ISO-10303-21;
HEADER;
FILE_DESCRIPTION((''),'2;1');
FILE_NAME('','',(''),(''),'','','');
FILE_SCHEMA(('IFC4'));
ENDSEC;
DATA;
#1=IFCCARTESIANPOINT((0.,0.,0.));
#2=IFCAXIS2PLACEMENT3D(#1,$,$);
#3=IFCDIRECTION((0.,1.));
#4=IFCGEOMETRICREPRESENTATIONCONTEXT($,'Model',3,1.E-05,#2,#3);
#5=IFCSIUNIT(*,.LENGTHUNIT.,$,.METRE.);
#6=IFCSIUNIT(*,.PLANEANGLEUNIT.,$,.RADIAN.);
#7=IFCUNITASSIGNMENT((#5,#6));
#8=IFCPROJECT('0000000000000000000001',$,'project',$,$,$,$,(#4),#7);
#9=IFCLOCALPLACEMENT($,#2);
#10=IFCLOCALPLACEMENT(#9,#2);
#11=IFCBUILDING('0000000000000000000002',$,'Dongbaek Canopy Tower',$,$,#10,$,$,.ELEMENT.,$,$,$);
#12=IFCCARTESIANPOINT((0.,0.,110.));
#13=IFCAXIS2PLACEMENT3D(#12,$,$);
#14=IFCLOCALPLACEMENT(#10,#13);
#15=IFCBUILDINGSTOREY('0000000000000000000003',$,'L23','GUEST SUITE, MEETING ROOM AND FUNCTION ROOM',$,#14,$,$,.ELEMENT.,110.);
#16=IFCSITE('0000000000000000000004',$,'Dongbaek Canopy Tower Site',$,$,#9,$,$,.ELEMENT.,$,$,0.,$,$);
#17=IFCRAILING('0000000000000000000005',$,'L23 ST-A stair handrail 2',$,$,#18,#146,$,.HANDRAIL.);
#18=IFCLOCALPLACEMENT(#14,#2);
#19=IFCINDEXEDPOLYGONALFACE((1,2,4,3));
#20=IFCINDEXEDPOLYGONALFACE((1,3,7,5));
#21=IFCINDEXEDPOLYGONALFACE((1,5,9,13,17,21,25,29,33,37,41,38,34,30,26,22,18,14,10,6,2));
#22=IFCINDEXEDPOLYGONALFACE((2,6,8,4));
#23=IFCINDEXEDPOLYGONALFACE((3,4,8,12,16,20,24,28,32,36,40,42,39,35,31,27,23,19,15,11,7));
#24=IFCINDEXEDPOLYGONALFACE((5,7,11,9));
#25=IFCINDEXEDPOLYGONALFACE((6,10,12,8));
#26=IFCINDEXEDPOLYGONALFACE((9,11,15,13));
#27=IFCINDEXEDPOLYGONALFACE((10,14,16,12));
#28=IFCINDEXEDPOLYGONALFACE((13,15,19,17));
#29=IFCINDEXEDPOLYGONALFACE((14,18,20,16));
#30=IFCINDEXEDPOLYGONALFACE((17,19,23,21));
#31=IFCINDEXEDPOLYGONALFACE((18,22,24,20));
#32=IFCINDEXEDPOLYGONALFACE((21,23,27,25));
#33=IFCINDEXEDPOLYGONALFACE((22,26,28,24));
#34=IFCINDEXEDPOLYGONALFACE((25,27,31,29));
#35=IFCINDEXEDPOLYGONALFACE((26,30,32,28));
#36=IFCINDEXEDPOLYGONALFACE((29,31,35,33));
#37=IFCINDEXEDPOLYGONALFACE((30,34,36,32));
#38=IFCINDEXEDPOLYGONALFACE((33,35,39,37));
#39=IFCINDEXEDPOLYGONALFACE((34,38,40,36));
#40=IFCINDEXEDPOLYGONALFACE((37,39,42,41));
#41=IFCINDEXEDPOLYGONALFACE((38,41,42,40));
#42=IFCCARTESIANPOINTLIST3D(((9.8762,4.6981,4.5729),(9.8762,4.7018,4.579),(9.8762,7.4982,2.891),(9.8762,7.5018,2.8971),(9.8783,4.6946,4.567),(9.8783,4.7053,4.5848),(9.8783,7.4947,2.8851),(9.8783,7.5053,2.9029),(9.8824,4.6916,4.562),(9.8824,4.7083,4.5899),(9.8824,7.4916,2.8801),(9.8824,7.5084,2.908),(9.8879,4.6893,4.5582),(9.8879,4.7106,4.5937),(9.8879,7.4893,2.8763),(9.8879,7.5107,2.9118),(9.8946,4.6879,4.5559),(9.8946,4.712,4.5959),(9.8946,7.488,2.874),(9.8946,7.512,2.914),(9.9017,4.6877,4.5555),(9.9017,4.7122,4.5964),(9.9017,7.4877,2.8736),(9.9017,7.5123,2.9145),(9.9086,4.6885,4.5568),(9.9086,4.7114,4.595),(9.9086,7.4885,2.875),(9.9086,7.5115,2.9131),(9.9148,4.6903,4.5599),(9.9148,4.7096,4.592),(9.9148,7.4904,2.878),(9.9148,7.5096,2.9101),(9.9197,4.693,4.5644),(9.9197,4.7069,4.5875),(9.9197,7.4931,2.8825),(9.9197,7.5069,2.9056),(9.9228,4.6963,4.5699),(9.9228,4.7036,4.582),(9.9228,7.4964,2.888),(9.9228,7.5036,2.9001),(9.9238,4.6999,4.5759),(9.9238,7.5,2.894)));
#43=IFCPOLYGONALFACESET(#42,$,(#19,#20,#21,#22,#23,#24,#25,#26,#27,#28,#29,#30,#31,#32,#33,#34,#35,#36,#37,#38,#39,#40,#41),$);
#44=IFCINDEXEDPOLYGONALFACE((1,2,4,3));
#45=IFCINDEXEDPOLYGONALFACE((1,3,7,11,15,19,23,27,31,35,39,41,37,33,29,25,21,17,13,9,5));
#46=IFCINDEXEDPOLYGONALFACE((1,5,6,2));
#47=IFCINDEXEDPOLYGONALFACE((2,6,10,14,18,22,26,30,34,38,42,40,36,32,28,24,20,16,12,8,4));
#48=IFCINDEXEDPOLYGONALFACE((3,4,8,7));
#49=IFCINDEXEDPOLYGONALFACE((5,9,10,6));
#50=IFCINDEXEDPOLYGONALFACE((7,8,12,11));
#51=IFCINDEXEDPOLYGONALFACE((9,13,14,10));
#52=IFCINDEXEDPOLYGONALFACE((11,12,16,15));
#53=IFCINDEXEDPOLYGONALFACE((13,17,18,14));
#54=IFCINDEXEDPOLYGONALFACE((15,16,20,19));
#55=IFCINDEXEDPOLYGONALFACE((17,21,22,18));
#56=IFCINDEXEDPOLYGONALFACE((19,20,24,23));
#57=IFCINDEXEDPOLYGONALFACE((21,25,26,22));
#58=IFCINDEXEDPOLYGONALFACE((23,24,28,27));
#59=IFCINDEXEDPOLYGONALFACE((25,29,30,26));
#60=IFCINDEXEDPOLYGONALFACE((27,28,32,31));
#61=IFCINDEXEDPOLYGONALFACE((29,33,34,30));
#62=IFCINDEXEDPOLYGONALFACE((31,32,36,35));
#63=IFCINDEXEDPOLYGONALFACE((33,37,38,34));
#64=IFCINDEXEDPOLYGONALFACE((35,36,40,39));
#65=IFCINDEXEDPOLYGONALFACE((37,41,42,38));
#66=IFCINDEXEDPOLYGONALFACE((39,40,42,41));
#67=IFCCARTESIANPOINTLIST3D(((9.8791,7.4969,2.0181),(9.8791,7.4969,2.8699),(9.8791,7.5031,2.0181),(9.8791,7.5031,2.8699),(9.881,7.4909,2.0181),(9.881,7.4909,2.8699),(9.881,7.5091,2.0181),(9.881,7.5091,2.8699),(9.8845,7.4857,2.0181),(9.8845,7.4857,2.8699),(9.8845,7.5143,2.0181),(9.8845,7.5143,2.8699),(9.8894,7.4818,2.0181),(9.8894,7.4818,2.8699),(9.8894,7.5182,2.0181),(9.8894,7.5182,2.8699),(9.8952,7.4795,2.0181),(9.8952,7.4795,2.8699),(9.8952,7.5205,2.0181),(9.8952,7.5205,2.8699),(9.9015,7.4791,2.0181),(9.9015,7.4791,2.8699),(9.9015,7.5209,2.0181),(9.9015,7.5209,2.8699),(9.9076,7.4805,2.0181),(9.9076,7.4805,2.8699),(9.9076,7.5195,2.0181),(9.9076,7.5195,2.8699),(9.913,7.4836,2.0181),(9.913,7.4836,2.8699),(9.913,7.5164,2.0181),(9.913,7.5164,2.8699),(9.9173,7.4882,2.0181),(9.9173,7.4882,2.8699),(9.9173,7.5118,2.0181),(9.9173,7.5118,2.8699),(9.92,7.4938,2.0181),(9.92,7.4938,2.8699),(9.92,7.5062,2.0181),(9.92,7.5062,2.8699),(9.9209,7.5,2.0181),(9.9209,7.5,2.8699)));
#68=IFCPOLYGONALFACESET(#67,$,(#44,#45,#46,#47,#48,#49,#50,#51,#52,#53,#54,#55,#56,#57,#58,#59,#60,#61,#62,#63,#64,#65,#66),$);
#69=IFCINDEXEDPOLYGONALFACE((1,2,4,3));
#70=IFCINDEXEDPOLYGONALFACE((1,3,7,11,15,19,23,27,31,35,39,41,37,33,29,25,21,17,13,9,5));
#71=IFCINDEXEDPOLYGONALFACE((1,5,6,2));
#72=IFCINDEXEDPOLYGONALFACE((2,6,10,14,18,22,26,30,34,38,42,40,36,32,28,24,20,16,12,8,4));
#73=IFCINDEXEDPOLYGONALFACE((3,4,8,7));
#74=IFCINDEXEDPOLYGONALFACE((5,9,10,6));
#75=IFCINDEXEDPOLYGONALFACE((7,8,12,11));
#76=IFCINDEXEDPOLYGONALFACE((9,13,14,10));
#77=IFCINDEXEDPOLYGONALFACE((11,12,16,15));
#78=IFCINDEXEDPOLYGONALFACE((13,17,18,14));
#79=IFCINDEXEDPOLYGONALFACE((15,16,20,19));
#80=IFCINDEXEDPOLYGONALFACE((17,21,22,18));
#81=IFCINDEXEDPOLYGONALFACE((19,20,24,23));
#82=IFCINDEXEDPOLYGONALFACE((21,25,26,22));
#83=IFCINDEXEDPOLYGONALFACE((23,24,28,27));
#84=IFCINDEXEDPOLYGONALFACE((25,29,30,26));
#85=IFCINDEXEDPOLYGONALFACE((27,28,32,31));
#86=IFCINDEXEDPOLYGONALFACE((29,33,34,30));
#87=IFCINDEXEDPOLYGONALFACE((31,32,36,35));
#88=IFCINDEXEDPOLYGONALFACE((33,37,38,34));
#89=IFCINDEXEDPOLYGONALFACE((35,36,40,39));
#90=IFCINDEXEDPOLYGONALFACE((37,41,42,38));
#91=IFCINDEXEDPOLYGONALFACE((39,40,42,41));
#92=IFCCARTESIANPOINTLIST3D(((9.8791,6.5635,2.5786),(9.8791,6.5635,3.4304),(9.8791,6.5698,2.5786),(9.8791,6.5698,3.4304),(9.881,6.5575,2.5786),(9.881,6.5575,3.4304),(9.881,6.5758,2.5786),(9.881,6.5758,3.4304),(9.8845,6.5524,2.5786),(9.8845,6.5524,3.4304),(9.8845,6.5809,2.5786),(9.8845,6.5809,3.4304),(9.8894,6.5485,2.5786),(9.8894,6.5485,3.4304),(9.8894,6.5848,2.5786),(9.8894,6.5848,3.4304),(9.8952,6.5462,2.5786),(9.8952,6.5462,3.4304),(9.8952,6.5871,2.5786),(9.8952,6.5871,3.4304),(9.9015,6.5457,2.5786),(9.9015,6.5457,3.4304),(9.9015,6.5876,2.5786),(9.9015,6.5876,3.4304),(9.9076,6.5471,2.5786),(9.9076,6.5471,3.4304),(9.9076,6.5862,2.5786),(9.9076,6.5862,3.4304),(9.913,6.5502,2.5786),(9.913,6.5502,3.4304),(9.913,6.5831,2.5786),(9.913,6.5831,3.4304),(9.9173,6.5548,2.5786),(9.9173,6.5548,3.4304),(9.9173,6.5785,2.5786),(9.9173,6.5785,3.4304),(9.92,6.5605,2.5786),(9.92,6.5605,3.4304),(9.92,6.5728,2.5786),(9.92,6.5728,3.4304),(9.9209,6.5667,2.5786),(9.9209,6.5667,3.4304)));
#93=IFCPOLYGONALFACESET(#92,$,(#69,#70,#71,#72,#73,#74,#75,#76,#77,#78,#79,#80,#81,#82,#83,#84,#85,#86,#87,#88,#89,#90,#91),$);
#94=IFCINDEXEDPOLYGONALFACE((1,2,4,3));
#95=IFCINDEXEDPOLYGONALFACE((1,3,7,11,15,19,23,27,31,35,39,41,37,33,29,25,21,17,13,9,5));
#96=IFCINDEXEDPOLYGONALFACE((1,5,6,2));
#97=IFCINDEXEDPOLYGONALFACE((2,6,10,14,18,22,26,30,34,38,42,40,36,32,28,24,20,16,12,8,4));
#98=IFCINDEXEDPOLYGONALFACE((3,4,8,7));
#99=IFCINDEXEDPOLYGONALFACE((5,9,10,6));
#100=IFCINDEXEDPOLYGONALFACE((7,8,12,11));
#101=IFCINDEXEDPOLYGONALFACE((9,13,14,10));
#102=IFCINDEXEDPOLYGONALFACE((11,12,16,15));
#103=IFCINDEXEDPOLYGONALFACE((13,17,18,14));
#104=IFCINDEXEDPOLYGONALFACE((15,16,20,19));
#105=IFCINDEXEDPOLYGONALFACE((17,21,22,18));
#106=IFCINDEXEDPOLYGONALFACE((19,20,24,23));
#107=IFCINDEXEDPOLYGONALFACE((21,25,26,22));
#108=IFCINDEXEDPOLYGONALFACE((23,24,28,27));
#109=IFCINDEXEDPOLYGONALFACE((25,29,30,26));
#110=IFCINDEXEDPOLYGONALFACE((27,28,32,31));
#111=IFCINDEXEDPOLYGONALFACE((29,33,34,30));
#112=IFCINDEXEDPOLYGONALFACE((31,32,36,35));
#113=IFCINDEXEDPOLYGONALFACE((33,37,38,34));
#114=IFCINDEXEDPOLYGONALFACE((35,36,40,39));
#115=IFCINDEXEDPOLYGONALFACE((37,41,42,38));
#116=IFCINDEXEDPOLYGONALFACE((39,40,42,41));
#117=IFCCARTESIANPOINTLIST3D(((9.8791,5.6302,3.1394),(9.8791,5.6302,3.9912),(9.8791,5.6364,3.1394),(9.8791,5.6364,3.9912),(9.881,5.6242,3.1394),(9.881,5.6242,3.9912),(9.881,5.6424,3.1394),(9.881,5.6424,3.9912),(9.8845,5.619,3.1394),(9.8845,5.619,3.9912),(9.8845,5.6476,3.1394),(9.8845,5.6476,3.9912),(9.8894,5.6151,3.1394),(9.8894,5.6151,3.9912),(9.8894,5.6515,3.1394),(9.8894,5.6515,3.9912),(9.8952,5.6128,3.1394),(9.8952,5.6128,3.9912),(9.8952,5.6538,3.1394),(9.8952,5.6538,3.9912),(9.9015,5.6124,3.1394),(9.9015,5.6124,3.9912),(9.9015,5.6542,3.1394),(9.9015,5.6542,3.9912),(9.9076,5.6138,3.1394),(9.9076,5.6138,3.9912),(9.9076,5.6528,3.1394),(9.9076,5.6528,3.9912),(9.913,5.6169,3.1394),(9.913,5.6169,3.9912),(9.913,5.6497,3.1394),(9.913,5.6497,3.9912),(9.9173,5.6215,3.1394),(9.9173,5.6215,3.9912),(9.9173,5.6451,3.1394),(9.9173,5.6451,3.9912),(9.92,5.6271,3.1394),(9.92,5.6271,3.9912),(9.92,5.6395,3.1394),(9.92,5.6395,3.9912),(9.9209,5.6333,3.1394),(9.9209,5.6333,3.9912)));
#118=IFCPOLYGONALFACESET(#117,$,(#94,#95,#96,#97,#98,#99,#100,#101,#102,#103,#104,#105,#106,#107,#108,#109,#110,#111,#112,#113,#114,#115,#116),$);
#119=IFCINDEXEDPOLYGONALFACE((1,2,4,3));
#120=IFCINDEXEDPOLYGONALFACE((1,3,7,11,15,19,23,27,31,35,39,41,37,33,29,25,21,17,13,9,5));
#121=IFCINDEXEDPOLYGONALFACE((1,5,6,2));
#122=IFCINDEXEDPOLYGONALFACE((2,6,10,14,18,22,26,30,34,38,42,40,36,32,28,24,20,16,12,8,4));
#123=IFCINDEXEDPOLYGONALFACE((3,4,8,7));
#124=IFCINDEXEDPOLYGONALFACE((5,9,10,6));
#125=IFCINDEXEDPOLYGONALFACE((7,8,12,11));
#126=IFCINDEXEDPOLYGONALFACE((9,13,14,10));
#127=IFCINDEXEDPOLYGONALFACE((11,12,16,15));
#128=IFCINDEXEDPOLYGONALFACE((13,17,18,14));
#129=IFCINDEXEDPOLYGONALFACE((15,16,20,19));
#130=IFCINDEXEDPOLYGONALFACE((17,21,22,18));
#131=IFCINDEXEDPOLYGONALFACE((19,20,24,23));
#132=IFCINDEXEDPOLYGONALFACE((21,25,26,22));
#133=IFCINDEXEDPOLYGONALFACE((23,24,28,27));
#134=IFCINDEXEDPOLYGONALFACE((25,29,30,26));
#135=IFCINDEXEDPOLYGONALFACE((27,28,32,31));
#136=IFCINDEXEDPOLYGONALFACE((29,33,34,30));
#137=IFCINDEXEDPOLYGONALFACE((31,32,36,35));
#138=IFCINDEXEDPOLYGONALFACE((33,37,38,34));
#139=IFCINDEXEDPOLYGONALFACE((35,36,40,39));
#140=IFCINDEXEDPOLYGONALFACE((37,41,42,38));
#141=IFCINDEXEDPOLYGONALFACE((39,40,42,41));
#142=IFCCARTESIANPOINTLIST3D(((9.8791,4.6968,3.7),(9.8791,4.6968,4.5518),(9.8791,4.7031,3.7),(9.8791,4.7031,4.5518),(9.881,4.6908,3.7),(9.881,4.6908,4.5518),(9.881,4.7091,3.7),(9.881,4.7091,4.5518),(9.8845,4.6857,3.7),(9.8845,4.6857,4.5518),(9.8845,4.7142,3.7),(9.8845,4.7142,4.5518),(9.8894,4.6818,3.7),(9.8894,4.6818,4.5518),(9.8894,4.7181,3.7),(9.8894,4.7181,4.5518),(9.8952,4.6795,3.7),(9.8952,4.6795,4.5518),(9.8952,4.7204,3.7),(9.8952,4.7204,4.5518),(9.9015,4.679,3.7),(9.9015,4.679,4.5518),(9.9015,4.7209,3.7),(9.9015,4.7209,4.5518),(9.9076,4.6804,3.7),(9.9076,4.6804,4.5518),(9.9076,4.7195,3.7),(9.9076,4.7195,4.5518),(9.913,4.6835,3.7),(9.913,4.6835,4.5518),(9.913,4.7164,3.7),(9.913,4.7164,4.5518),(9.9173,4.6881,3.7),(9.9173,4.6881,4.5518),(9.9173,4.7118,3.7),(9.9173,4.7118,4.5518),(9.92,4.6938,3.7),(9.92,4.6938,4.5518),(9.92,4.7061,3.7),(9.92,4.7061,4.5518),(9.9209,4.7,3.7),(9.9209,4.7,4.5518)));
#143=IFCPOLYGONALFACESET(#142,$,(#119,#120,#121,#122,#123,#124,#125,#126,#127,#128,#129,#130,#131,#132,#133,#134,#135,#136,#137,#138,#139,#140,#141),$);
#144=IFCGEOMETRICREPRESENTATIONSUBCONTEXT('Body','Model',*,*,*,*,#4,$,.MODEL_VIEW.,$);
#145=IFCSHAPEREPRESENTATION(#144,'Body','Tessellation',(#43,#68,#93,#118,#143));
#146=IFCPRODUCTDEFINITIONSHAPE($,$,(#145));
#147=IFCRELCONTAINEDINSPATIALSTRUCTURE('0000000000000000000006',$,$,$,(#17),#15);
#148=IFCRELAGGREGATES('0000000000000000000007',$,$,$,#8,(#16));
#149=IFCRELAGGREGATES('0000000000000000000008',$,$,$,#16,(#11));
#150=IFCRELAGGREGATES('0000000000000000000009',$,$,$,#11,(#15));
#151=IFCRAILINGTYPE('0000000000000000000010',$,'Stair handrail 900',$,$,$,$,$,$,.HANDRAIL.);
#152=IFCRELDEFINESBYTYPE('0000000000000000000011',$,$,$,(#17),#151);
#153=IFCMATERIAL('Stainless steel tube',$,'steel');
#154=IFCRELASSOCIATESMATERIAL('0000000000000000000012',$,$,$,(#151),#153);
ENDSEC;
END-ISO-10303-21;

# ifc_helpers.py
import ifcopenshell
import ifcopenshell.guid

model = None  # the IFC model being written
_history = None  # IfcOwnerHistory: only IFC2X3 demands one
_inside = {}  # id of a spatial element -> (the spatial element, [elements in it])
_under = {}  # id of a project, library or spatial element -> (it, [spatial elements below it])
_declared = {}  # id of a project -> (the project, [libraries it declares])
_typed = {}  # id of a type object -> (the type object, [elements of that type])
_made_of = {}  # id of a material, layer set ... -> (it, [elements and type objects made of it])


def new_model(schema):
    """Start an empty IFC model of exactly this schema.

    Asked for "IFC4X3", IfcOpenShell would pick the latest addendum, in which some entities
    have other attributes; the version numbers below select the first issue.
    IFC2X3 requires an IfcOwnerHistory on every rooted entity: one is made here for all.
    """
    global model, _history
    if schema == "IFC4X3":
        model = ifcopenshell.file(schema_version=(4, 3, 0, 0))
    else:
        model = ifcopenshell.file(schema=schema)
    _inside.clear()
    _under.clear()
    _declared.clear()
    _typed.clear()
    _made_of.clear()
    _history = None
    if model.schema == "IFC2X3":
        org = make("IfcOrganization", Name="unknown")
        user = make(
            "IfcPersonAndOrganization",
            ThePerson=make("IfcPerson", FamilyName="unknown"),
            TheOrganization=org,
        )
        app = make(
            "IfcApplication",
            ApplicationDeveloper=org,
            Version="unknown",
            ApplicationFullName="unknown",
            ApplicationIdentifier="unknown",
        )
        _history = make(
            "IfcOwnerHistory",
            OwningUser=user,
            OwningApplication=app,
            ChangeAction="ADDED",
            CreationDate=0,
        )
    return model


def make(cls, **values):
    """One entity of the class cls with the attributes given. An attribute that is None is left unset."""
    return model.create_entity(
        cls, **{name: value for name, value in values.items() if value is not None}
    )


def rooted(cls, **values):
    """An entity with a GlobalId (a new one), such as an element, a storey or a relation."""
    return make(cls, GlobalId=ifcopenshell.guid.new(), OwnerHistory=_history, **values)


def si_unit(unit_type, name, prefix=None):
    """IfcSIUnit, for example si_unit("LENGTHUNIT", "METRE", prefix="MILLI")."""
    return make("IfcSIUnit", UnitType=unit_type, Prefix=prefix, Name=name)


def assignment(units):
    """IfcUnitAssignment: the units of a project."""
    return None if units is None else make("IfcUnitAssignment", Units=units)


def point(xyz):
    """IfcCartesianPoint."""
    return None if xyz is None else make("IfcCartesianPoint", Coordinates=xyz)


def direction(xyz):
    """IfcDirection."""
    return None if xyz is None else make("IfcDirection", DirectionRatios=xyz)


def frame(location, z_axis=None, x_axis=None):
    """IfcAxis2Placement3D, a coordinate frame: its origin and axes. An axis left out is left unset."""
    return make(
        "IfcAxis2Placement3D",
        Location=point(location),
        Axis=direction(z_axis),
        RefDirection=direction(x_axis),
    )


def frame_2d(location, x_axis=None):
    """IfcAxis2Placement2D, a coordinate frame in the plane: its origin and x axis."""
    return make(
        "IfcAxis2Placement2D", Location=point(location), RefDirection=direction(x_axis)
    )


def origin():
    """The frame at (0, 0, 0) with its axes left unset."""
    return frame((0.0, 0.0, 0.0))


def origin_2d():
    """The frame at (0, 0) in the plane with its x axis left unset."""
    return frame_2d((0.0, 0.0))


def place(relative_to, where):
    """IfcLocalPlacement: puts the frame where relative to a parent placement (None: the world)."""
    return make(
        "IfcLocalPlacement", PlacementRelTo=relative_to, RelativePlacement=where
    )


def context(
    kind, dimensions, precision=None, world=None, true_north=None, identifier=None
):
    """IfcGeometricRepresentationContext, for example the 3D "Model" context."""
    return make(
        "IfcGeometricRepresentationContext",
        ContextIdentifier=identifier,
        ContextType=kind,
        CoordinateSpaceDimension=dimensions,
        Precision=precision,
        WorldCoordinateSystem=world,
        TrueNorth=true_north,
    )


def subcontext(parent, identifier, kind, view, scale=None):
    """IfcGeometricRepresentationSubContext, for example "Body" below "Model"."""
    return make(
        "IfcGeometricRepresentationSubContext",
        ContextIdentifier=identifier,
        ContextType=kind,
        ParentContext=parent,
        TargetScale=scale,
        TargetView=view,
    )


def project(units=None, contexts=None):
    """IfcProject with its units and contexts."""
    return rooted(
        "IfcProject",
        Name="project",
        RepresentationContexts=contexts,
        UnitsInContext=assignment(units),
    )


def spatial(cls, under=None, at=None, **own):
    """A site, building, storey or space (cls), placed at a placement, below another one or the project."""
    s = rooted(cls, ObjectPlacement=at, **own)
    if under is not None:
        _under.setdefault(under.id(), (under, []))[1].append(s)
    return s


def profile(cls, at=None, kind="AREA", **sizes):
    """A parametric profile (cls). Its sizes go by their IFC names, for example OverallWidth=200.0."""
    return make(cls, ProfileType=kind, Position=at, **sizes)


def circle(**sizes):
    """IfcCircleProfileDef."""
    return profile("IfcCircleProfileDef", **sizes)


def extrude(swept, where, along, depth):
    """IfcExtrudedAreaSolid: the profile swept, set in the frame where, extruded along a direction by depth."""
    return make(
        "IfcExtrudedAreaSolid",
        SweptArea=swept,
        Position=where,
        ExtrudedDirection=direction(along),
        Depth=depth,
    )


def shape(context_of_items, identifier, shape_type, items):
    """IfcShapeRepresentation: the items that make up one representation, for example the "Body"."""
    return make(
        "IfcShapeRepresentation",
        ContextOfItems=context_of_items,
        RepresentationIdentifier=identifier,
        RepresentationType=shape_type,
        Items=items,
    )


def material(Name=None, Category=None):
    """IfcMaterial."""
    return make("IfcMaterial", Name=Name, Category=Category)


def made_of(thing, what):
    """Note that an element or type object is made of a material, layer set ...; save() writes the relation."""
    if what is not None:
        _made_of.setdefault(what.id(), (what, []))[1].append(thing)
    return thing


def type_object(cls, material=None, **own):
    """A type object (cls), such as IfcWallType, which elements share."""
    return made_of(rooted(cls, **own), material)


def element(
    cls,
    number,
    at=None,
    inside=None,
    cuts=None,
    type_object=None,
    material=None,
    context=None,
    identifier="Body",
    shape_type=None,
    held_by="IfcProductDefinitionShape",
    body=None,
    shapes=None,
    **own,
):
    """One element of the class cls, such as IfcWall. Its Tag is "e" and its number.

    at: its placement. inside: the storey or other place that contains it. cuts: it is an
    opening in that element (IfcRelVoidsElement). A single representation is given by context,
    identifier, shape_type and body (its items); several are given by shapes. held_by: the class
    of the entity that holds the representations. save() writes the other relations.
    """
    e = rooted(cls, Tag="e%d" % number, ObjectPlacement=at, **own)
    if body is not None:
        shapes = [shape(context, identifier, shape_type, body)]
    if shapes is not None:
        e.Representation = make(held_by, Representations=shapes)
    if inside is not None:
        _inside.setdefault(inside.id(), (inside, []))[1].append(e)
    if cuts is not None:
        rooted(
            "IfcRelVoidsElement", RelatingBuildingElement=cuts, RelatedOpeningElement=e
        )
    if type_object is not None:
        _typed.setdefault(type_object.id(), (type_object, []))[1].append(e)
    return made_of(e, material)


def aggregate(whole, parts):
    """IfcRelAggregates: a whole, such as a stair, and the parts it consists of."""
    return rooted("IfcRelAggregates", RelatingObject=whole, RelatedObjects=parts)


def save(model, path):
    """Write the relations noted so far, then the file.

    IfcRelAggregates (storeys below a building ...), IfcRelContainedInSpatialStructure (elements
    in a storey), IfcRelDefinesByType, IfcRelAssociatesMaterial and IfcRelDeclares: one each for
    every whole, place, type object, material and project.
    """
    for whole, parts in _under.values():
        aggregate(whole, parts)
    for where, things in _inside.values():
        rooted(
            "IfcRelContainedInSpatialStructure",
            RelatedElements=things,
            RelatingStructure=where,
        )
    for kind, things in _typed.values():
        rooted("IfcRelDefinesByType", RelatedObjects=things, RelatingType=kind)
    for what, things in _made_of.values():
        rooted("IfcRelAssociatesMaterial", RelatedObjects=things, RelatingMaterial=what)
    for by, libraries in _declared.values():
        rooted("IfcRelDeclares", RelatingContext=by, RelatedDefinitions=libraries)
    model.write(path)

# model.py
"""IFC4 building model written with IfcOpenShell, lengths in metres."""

from ifc_helpers import new_model, si_unit, direction, frame, origin, origin_2d, place, context, subcontext, project, spatial, circle, extrude, material, type_object, element, save


model = new_model("IFC4")

# Units and contexts
model_context = context("Model", 3, precision=1e-05, world=origin(), true_north=direction((0.0, 1.0)))
body_context = subcontext(model_context, "Body", "Model", "MODEL_VIEW")
ifc_project = project(units=[si_unit("LENGTHUNIT", "METRE"), si_unit("PLANEANGLEUNIT", "RADIAN")], contexts=[model_context])

# Site, building, storey
site_placement = place(None, origin())
site = spatial("IfcSite", under=ifc_project, at=site_placement, Name="Dongbaek Canopy Tower Site", CompositionType="ELEMENT", RefElevation=0.0)
building_placement = place(site_placement, origin())
building = spatial("IfcBuilding", under=site, at=building_placement, Name="Dongbaek Canopy Tower", CompositionType="ELEMENT")
storey_placement = place(building_placement, frame((0.0, 0.0, 110.0)))
storey = spatial("IfcBuildingStorey", under=building, at=storey_placement, Name="L23", Description="GUEST SUITE, MEETING ROOM AND FUNCTION ROOM", CompositionType="ELEMENT", Elevation=110.0)

# Railing
ifc_material_1 = material(Name="Stainless steel tube", Category="steel")
railing_type_1 = type_object("IfcRailingType", Name="Stair handrail 900", PredefinedType="HANDRAIL", material=ifc_material_1)
railing_1_placement = place(storey_placement, frame((9.8999, 7.5, 2.0181)))
element("IfcRailing", 1, at=railing_1_placement, inside=storey, type_object=railing_type_1, Name="L23 ST-A stair handrail 2", PredefinedType="HANDRAIL", context=body_context, shape_type="SweptSolid", body=[
    extrude(circle(Radius=0.0239, at=origin_2d()), frame((0.0, 0.0, 0.876), z_axis=(0.0, -0.857242, 0.514913), x_axis=(1.0, 0.0, 0.0)), (0.0, 0.0, 1.0), 3.2664),
    extrude(circle(Radius=0.021, at=origin_2d()), origin(), (0.0, 0.0, 1.0), 0.8518),
    extrude(circle(Radius=0.021, at=origin_2d()), frame((0.0, -0.9333, 0.5605)), (0.0, 0.0, 1.0), 0.8518),
    extrude(circle(Radius=0.021, at=origin_2d()), frame((0.0, -1.8667, 1.1213)), (0.0, 0.0, 1.0), 0.8518),
    extrude(circle(Radius=0.021, at=origin_2d()), frame((0.0, -2.8, 1.6819)), (0.0, 0.0, 1.0), 0.8518),
])

save(model, "model.ifc")
